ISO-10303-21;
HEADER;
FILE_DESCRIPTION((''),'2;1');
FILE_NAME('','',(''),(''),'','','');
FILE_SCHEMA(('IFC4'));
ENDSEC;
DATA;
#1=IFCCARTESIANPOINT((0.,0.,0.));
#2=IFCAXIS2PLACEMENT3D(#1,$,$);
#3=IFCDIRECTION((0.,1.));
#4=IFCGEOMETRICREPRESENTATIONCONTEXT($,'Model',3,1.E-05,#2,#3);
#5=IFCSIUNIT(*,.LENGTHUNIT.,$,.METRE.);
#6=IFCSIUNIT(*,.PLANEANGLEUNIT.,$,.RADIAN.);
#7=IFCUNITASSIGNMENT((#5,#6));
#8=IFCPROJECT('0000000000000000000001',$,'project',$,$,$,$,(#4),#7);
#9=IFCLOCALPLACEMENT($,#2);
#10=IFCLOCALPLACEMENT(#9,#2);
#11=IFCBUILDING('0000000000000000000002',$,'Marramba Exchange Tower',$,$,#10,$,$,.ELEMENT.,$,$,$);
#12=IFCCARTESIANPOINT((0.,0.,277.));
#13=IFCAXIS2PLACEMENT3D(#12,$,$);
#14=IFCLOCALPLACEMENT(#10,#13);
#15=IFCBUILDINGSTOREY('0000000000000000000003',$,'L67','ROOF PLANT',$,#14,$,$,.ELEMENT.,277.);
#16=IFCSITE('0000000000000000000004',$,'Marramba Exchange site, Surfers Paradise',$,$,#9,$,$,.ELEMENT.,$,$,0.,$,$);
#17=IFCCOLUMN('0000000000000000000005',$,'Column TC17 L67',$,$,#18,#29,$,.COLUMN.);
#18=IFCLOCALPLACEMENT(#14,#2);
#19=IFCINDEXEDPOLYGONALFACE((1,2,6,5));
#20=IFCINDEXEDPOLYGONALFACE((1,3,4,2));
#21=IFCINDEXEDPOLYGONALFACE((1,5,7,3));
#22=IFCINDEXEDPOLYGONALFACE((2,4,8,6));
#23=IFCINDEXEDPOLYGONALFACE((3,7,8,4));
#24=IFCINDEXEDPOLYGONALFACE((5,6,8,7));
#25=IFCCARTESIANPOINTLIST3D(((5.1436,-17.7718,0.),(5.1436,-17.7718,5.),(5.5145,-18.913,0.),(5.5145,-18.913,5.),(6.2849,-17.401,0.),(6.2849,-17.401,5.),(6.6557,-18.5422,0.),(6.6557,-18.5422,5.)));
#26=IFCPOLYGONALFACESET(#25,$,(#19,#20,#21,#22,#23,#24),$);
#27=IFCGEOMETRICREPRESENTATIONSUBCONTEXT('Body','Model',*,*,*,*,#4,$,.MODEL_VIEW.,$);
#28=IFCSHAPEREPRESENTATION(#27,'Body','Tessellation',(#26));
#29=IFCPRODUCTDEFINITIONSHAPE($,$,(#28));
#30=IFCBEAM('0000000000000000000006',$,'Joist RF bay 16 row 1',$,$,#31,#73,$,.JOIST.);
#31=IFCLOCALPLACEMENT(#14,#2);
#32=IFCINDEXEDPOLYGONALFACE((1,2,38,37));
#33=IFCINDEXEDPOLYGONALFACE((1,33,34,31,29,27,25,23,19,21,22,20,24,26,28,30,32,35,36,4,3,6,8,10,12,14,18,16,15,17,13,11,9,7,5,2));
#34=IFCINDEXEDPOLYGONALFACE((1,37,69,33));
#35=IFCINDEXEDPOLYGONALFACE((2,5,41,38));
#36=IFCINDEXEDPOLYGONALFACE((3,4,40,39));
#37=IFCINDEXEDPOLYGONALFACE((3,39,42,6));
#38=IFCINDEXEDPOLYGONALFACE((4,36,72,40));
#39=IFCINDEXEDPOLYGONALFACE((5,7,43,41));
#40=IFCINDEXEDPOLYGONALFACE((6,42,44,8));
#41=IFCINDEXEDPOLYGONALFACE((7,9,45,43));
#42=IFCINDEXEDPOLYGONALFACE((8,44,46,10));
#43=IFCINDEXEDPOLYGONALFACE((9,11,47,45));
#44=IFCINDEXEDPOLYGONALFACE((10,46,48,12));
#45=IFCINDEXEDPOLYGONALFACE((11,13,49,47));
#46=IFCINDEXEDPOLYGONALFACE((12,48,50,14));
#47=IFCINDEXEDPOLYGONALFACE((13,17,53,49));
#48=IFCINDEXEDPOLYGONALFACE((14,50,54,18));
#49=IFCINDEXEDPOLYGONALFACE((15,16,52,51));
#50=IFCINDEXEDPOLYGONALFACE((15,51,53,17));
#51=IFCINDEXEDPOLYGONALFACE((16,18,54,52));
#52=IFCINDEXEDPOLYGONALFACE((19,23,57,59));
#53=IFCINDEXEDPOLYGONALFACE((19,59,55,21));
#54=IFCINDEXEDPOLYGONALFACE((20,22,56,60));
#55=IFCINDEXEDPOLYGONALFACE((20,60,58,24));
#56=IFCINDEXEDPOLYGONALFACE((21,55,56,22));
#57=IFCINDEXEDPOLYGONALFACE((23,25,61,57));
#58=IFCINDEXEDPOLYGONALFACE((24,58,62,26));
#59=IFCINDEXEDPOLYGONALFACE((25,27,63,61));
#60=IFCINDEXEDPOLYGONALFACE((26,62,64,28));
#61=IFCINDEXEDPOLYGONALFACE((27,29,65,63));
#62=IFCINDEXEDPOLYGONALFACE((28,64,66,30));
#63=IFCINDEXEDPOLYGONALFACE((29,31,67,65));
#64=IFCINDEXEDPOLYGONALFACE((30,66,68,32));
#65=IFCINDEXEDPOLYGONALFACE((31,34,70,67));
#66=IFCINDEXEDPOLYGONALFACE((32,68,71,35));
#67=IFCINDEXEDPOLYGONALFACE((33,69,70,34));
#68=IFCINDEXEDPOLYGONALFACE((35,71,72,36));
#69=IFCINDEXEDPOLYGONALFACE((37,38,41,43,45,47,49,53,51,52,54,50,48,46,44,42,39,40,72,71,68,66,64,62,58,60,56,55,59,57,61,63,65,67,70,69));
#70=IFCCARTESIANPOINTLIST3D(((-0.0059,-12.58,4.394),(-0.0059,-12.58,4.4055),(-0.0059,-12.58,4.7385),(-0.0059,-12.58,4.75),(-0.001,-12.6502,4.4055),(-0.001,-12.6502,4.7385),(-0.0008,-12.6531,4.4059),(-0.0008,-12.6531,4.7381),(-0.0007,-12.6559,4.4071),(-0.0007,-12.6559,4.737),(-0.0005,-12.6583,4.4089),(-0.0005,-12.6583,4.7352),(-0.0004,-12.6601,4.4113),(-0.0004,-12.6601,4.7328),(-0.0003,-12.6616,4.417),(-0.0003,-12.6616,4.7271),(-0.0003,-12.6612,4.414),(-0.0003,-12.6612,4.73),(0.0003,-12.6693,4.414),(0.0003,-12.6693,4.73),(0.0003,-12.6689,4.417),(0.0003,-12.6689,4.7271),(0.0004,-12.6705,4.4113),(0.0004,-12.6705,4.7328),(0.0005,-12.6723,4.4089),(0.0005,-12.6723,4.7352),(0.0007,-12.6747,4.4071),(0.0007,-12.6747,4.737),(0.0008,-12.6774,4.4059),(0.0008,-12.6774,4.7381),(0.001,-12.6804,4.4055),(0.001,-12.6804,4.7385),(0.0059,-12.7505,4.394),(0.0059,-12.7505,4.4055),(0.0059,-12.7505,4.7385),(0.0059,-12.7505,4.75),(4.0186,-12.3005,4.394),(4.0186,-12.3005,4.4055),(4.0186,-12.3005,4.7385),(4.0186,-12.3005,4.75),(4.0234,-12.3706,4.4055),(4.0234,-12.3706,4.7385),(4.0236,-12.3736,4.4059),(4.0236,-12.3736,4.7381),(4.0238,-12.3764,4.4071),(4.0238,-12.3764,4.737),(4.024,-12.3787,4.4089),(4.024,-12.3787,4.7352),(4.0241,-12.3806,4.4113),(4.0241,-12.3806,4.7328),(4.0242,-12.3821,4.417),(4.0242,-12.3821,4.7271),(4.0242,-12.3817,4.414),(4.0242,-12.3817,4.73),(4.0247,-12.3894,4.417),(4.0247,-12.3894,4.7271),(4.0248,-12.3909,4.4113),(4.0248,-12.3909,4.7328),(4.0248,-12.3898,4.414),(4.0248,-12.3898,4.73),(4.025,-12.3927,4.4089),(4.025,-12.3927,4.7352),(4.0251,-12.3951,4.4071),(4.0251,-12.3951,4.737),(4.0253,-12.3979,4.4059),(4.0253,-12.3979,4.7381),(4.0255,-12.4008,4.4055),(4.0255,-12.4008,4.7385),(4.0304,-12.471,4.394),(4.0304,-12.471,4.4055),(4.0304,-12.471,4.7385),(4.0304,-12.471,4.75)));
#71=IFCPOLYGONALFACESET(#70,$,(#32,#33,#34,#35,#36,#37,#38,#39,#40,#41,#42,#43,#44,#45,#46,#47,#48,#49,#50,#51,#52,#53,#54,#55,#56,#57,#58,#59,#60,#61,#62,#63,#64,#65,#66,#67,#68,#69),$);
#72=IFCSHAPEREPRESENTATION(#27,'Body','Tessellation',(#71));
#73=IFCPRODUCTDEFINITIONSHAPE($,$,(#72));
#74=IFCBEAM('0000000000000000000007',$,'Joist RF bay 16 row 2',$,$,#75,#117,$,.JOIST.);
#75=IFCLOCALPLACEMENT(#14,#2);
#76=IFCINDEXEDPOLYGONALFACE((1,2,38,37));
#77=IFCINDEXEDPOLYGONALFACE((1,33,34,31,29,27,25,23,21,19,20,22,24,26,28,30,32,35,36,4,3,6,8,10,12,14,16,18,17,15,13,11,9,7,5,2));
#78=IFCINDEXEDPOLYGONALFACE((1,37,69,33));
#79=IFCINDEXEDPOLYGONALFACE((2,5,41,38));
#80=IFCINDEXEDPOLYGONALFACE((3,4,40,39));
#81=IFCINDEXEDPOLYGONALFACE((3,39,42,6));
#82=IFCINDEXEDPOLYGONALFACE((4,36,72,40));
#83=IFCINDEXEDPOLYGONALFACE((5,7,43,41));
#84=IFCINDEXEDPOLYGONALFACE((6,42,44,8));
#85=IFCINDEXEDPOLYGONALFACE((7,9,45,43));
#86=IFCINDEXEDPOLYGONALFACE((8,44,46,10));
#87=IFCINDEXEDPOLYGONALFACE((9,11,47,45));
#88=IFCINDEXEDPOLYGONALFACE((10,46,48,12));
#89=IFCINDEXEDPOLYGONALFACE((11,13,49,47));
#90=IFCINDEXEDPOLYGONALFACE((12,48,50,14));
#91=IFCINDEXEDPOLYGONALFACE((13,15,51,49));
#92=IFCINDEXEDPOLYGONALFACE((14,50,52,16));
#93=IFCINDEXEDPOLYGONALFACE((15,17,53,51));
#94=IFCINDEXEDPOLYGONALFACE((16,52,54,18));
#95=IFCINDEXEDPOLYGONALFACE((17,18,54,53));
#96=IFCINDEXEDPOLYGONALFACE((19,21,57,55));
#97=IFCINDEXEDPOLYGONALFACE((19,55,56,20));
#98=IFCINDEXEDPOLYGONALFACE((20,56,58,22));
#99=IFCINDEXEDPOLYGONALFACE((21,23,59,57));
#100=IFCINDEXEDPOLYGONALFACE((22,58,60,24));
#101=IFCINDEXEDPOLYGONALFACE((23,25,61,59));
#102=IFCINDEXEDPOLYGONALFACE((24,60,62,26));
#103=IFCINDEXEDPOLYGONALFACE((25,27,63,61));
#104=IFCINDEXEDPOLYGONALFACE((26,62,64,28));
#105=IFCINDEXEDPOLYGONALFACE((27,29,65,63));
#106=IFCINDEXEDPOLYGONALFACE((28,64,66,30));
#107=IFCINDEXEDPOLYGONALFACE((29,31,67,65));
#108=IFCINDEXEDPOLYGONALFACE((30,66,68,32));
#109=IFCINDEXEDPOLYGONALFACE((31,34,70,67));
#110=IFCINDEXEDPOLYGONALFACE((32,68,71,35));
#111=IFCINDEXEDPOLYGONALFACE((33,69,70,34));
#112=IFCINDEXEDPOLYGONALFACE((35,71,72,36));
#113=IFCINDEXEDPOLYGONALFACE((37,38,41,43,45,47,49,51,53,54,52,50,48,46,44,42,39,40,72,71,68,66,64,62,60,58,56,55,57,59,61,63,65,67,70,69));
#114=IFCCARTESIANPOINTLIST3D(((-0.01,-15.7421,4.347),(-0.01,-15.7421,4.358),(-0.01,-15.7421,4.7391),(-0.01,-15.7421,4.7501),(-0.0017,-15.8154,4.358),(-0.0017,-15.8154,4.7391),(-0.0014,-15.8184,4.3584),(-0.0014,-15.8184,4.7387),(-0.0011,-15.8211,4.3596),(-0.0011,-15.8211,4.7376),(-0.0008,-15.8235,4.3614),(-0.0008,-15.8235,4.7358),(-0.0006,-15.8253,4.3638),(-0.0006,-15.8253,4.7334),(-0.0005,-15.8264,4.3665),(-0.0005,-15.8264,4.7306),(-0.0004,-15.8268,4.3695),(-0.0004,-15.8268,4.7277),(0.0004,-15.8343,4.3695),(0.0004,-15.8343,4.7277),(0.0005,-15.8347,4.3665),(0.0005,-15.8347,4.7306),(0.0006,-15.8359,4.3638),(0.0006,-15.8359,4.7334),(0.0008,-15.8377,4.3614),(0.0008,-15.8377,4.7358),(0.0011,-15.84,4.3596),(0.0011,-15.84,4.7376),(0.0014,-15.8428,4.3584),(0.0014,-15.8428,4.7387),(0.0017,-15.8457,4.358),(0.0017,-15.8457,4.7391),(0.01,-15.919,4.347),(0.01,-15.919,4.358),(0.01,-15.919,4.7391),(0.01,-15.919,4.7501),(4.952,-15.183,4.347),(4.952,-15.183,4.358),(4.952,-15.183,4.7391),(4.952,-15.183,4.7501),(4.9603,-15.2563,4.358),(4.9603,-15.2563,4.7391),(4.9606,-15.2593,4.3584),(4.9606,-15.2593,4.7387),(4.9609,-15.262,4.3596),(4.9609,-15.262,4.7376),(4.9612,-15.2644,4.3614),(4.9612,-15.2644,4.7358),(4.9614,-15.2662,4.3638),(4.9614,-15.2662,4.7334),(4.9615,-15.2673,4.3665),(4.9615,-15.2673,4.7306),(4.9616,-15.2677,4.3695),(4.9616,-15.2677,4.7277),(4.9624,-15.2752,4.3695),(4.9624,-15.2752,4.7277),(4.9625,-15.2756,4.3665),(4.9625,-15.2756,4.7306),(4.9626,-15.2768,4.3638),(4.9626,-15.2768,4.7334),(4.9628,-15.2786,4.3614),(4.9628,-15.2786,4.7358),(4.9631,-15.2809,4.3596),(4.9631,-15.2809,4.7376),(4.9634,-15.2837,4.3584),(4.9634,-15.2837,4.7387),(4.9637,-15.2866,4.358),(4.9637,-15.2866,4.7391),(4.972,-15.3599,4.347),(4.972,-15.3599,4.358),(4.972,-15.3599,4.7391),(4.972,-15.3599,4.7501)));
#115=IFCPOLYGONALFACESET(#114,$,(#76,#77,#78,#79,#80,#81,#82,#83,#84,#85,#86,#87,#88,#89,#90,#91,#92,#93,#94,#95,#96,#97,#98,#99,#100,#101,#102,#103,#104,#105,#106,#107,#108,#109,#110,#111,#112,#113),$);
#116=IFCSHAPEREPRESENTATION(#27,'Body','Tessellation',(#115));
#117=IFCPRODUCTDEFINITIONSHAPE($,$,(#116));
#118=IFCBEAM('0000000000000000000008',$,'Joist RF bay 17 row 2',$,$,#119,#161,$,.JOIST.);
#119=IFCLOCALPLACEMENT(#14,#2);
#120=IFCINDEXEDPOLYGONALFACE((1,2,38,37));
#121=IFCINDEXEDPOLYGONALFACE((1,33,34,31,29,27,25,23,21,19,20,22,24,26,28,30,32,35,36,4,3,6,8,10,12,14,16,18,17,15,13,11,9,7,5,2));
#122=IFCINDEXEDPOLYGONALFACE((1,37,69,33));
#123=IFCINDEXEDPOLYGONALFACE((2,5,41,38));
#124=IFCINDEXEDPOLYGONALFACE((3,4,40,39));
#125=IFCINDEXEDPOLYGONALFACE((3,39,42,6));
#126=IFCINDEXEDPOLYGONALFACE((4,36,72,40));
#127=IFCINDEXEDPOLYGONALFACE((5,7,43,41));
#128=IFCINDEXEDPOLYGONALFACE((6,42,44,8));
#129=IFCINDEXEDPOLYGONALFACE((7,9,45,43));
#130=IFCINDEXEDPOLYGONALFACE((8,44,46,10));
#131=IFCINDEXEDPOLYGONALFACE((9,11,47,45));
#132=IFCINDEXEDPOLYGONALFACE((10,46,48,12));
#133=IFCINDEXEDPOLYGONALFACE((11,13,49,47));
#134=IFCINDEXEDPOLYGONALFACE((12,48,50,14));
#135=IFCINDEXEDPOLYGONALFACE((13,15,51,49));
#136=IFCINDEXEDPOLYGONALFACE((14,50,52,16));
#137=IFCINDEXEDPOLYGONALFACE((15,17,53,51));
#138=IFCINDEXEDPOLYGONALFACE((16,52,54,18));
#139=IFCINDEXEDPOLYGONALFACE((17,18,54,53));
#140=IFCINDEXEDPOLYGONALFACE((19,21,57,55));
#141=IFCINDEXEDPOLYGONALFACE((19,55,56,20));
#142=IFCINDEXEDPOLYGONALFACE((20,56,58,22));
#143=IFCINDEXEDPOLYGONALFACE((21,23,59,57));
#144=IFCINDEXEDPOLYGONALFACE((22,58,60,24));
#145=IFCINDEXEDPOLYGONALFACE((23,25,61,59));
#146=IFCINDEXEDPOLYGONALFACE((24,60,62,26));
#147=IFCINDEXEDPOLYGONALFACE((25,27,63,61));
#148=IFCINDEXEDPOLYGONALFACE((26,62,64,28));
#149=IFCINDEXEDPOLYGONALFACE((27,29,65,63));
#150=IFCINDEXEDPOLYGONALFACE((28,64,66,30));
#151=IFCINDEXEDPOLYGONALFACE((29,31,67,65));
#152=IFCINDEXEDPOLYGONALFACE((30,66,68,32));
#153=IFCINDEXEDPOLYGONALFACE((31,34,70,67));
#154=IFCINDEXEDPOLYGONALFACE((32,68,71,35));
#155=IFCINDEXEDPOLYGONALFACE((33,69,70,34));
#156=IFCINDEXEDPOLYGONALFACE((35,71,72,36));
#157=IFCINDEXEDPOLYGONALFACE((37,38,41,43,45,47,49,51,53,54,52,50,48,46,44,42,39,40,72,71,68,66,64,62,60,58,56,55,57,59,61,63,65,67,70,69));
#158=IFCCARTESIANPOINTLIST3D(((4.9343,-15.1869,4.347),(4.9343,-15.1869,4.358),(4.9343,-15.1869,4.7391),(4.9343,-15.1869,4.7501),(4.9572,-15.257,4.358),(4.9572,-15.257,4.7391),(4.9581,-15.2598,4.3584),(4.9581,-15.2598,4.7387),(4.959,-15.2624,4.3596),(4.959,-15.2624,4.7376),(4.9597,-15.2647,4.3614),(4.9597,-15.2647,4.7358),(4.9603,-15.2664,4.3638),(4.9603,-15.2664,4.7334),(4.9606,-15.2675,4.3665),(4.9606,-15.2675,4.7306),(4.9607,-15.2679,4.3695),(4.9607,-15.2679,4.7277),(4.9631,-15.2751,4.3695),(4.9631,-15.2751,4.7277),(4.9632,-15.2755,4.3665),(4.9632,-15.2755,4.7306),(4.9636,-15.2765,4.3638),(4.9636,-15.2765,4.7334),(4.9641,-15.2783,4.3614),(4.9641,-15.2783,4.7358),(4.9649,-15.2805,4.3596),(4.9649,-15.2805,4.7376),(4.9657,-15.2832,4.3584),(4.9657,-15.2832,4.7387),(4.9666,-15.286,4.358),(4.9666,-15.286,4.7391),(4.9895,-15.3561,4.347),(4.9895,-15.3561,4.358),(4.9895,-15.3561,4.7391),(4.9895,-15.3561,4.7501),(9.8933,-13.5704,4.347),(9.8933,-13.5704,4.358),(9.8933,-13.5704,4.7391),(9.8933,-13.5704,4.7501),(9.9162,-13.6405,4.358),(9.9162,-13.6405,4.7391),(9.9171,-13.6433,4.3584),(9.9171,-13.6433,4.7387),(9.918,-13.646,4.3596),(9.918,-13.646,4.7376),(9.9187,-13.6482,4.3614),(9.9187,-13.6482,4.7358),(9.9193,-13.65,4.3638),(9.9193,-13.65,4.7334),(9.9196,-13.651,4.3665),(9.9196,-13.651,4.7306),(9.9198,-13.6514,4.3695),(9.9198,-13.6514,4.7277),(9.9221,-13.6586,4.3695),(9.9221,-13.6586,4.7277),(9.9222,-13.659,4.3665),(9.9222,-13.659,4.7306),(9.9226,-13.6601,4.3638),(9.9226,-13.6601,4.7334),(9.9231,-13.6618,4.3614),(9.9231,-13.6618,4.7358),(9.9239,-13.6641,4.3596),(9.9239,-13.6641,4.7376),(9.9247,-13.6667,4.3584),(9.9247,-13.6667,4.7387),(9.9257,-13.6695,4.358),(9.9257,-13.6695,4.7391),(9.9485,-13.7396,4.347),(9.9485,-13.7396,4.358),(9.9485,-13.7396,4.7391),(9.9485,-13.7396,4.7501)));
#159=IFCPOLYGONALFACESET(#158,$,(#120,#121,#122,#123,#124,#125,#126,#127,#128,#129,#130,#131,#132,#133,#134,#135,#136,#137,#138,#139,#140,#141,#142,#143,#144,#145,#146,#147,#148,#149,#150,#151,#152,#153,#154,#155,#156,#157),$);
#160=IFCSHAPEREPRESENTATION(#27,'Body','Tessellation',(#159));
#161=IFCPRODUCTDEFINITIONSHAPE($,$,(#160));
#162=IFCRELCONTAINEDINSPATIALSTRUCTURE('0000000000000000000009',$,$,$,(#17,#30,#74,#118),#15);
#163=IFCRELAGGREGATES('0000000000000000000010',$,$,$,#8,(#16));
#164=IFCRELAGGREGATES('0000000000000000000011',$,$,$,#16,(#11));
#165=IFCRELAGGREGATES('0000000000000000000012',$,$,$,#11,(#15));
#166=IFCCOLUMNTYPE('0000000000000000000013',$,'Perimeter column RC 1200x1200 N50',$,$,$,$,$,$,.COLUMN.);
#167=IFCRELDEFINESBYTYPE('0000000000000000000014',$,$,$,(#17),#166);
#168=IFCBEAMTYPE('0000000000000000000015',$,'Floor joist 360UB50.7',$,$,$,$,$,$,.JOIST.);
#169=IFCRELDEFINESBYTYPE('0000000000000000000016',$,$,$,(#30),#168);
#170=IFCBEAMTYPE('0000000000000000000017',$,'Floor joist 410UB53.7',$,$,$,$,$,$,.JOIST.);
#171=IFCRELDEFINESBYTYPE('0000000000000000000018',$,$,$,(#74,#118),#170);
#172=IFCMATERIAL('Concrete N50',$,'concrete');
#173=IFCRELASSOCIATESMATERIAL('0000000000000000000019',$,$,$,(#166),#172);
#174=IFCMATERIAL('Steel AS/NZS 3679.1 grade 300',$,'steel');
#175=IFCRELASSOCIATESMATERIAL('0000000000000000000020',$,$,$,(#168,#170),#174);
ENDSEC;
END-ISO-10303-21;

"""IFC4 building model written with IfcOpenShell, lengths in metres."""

from ifc_helpers import new_model, si_unit, direction, frame, origin, origin_2d, place, context, subcontext, project, spatial, rectangle, i_section, extrude, material, material_profile, profile_set, type_object, element, save


model = new_model("IFC4")

# Units and contexts
model_context = context("Model", 3, precision=1e-05, world=origin(), true_north=direction((0.0, 1.0)))
body_context = subcontext(model_context, "Body", "Model", "MODEL_VIEW")
ifc_project = project(units=[si_unit("LENGTHUNIT", "METRE"), si_unit("PLANEANGLEUNIT", "RADIAN")], contexts=[model_context])

# Site, building, storey
site_placement = place(None, origin())
site = spatial("IfcSite", under=ifc_project, at=site_placement, Name="Marramba Exchange site, Surfers Paradise", CompositionType="ELEMENT", RefElevation=0.0)
building_placement = place(site_placement, origin())
building = spatial("IfcBuilding", under=site, at=building_placement, Name="Marramba Exchange Tower", CompositionType="ELEMENT")
storey_placement = place(building_placement, frame((0.0, 0.0, 277.0)))
storey = spatial("IfcBuildingStorey", under=building, at=storey_placement, Name="L67", Description="ROOF PLANT", CompositionType="ELEMENT", Elevation=277.0)

# Column
ifc_material_1 = material(Name="Concrete N50", Category="concrete")
ifc_material_profile_1 = material_profile(ifc_material_1, rectangle(XDim=1.2, YDim=1.2, at=origin_2d()), Name="RC 1200x1200")
ifc_profile_set_1 = profile_set([ifc_material_profile_1], Name="Concrete N50")
column_type = type_object("IfcColumnType", Name="Perimeter column RC 1200x1200 N50", PredefinedType="COLUMN", material=ifc_profile_set_1)
column_placement = place(storey_placement, frame((5.8997, -18.157, 0.0), z_axis=(0.0, 0.0, 1.0), x_axis=(0.309017, -0.951057, 0.0)))
element("IfcColumn", 1, at=column_placement, inside=storey, type_object=column_type, Name="Column TC17 L67", PredefinedType="COLUMN", context=body_context, shape_type="SweptSolid", body=[
    extrude(rectangle(XDim=1.2, YDim=1.2, at=origin_2d()), origin(), (0.0, 0.0, 1.0), 5.0),
])

# Beams
ifc_material_2 = material(Name="Steel AS/NZS 3679.1 grade 300", Category="steel")
ifc_material_profile_2 = material_profile(ifc_material_2, i_section(OverallWidth=0.1709, OverallDepth=0.356, WebThickness=0.0073, FlangeThickness=0.0115, FilletRadius=0.0115, at=origin_2d()), Name="360UB50.7")
ifc_profile_set_2 = profile_set([ifc_material_profile_2], Name="Steel AS/NZS 3679.1 grade 300")
beam_type_1 = type_object("IfcBeamType", Name="Floor joist 360UB50.7", PredefinedType="JOIST", material=ifc_profile_set_2)
beam_1_placement = place(storey_placement, frame((0.0, -12.6653, 4.572), z_axis=(0.997596, 0.069294, 0.0), x_axis=(-0.069294, 0.997596, 0.0)))
element("IfcBeam", 2, at=beam_1_placement, inside=storey, type_object=beam_type_1, Name="Joist RF bay 16 row 1", PredefinedType="JOIST", context=body_context, shape_type="SweptSolid", body=[
    extrude(i_section(OverallWidth=0.1709, OverallDepth=0.356, WebThickness=0.0073, FlangeThickness=0.0115, FilletRadius=0.0115, at=origin_2d()), origin(), (0.0, 0.0, 1.0), 4.0342),
])
ifc_material_profile_3 = material_profile(ifc_material_2, i_section(OverallWidth=0.178, OverallDepth=0.4031, WebThickness=0.0076, FlangeThickness=0.011, FilletRadius=0.0115, at=origin_2d()), Name="410UB53.7")
ifc_profile_set_3 = profile_set([ifc_material_profile_3], Name="Steel AS/NZS 3679.1 grade 300")
beam_type_2 = type_object("IfcBeamType", Name="Floor joist 410UB53.7", PredefinedType="JOIST", material=ifc_profile_set_3)
beam_2_placement = place(storey_placement, frame((0.0, -15.8306, 4.5486), z_axis=(0.993712, 0.111966, 0.0), x_axis=(-0.111966, 0.993712, 0.0)))
element("IfcBeam", 3, at=beam_2_placement, inside=storey, type_object=beam_type_2, Name="Joist RF bay 16 row 2", PredefinedType="JOIST", context=body_context, shape_type="SweptSolid", body=[
    extrude(i_section(OverallWidth=0.178, OverallDepth=0.4031, WebThickness=0.0076, FlangeThickness=0.011, FilletRadius=0.0115, at=origin_2d()), origin(), (0.0, 0.0, 1.0), 4.9934),
])
beam_3_placement = place(storey_placement, frame((4.9619, -15.2715, 4.5486), z_axis=(0.950764, 0.309916, 0.0), x_axis=(-0.309916, 0.950764, 0.0)))
element("IfcBeam", 4, at=beam_3_placement, inside=storey, type_object=beam_type_2, Name="Joist RF bay 17 row 2", PredefinedType="JOIST", context=body_context, shape_type="SweptSolid", body=[
    extrude(i_section(OverallWidth=0.178, OverallDepth=0.4031, WebThickness=0.0076, FlangeThickness=0.011, FilletRadius=0.0115, at=origin_2d()), origin(), (0.0, 0.0, 1.0), 5.2158),
])

save(model, "model.ifc")
